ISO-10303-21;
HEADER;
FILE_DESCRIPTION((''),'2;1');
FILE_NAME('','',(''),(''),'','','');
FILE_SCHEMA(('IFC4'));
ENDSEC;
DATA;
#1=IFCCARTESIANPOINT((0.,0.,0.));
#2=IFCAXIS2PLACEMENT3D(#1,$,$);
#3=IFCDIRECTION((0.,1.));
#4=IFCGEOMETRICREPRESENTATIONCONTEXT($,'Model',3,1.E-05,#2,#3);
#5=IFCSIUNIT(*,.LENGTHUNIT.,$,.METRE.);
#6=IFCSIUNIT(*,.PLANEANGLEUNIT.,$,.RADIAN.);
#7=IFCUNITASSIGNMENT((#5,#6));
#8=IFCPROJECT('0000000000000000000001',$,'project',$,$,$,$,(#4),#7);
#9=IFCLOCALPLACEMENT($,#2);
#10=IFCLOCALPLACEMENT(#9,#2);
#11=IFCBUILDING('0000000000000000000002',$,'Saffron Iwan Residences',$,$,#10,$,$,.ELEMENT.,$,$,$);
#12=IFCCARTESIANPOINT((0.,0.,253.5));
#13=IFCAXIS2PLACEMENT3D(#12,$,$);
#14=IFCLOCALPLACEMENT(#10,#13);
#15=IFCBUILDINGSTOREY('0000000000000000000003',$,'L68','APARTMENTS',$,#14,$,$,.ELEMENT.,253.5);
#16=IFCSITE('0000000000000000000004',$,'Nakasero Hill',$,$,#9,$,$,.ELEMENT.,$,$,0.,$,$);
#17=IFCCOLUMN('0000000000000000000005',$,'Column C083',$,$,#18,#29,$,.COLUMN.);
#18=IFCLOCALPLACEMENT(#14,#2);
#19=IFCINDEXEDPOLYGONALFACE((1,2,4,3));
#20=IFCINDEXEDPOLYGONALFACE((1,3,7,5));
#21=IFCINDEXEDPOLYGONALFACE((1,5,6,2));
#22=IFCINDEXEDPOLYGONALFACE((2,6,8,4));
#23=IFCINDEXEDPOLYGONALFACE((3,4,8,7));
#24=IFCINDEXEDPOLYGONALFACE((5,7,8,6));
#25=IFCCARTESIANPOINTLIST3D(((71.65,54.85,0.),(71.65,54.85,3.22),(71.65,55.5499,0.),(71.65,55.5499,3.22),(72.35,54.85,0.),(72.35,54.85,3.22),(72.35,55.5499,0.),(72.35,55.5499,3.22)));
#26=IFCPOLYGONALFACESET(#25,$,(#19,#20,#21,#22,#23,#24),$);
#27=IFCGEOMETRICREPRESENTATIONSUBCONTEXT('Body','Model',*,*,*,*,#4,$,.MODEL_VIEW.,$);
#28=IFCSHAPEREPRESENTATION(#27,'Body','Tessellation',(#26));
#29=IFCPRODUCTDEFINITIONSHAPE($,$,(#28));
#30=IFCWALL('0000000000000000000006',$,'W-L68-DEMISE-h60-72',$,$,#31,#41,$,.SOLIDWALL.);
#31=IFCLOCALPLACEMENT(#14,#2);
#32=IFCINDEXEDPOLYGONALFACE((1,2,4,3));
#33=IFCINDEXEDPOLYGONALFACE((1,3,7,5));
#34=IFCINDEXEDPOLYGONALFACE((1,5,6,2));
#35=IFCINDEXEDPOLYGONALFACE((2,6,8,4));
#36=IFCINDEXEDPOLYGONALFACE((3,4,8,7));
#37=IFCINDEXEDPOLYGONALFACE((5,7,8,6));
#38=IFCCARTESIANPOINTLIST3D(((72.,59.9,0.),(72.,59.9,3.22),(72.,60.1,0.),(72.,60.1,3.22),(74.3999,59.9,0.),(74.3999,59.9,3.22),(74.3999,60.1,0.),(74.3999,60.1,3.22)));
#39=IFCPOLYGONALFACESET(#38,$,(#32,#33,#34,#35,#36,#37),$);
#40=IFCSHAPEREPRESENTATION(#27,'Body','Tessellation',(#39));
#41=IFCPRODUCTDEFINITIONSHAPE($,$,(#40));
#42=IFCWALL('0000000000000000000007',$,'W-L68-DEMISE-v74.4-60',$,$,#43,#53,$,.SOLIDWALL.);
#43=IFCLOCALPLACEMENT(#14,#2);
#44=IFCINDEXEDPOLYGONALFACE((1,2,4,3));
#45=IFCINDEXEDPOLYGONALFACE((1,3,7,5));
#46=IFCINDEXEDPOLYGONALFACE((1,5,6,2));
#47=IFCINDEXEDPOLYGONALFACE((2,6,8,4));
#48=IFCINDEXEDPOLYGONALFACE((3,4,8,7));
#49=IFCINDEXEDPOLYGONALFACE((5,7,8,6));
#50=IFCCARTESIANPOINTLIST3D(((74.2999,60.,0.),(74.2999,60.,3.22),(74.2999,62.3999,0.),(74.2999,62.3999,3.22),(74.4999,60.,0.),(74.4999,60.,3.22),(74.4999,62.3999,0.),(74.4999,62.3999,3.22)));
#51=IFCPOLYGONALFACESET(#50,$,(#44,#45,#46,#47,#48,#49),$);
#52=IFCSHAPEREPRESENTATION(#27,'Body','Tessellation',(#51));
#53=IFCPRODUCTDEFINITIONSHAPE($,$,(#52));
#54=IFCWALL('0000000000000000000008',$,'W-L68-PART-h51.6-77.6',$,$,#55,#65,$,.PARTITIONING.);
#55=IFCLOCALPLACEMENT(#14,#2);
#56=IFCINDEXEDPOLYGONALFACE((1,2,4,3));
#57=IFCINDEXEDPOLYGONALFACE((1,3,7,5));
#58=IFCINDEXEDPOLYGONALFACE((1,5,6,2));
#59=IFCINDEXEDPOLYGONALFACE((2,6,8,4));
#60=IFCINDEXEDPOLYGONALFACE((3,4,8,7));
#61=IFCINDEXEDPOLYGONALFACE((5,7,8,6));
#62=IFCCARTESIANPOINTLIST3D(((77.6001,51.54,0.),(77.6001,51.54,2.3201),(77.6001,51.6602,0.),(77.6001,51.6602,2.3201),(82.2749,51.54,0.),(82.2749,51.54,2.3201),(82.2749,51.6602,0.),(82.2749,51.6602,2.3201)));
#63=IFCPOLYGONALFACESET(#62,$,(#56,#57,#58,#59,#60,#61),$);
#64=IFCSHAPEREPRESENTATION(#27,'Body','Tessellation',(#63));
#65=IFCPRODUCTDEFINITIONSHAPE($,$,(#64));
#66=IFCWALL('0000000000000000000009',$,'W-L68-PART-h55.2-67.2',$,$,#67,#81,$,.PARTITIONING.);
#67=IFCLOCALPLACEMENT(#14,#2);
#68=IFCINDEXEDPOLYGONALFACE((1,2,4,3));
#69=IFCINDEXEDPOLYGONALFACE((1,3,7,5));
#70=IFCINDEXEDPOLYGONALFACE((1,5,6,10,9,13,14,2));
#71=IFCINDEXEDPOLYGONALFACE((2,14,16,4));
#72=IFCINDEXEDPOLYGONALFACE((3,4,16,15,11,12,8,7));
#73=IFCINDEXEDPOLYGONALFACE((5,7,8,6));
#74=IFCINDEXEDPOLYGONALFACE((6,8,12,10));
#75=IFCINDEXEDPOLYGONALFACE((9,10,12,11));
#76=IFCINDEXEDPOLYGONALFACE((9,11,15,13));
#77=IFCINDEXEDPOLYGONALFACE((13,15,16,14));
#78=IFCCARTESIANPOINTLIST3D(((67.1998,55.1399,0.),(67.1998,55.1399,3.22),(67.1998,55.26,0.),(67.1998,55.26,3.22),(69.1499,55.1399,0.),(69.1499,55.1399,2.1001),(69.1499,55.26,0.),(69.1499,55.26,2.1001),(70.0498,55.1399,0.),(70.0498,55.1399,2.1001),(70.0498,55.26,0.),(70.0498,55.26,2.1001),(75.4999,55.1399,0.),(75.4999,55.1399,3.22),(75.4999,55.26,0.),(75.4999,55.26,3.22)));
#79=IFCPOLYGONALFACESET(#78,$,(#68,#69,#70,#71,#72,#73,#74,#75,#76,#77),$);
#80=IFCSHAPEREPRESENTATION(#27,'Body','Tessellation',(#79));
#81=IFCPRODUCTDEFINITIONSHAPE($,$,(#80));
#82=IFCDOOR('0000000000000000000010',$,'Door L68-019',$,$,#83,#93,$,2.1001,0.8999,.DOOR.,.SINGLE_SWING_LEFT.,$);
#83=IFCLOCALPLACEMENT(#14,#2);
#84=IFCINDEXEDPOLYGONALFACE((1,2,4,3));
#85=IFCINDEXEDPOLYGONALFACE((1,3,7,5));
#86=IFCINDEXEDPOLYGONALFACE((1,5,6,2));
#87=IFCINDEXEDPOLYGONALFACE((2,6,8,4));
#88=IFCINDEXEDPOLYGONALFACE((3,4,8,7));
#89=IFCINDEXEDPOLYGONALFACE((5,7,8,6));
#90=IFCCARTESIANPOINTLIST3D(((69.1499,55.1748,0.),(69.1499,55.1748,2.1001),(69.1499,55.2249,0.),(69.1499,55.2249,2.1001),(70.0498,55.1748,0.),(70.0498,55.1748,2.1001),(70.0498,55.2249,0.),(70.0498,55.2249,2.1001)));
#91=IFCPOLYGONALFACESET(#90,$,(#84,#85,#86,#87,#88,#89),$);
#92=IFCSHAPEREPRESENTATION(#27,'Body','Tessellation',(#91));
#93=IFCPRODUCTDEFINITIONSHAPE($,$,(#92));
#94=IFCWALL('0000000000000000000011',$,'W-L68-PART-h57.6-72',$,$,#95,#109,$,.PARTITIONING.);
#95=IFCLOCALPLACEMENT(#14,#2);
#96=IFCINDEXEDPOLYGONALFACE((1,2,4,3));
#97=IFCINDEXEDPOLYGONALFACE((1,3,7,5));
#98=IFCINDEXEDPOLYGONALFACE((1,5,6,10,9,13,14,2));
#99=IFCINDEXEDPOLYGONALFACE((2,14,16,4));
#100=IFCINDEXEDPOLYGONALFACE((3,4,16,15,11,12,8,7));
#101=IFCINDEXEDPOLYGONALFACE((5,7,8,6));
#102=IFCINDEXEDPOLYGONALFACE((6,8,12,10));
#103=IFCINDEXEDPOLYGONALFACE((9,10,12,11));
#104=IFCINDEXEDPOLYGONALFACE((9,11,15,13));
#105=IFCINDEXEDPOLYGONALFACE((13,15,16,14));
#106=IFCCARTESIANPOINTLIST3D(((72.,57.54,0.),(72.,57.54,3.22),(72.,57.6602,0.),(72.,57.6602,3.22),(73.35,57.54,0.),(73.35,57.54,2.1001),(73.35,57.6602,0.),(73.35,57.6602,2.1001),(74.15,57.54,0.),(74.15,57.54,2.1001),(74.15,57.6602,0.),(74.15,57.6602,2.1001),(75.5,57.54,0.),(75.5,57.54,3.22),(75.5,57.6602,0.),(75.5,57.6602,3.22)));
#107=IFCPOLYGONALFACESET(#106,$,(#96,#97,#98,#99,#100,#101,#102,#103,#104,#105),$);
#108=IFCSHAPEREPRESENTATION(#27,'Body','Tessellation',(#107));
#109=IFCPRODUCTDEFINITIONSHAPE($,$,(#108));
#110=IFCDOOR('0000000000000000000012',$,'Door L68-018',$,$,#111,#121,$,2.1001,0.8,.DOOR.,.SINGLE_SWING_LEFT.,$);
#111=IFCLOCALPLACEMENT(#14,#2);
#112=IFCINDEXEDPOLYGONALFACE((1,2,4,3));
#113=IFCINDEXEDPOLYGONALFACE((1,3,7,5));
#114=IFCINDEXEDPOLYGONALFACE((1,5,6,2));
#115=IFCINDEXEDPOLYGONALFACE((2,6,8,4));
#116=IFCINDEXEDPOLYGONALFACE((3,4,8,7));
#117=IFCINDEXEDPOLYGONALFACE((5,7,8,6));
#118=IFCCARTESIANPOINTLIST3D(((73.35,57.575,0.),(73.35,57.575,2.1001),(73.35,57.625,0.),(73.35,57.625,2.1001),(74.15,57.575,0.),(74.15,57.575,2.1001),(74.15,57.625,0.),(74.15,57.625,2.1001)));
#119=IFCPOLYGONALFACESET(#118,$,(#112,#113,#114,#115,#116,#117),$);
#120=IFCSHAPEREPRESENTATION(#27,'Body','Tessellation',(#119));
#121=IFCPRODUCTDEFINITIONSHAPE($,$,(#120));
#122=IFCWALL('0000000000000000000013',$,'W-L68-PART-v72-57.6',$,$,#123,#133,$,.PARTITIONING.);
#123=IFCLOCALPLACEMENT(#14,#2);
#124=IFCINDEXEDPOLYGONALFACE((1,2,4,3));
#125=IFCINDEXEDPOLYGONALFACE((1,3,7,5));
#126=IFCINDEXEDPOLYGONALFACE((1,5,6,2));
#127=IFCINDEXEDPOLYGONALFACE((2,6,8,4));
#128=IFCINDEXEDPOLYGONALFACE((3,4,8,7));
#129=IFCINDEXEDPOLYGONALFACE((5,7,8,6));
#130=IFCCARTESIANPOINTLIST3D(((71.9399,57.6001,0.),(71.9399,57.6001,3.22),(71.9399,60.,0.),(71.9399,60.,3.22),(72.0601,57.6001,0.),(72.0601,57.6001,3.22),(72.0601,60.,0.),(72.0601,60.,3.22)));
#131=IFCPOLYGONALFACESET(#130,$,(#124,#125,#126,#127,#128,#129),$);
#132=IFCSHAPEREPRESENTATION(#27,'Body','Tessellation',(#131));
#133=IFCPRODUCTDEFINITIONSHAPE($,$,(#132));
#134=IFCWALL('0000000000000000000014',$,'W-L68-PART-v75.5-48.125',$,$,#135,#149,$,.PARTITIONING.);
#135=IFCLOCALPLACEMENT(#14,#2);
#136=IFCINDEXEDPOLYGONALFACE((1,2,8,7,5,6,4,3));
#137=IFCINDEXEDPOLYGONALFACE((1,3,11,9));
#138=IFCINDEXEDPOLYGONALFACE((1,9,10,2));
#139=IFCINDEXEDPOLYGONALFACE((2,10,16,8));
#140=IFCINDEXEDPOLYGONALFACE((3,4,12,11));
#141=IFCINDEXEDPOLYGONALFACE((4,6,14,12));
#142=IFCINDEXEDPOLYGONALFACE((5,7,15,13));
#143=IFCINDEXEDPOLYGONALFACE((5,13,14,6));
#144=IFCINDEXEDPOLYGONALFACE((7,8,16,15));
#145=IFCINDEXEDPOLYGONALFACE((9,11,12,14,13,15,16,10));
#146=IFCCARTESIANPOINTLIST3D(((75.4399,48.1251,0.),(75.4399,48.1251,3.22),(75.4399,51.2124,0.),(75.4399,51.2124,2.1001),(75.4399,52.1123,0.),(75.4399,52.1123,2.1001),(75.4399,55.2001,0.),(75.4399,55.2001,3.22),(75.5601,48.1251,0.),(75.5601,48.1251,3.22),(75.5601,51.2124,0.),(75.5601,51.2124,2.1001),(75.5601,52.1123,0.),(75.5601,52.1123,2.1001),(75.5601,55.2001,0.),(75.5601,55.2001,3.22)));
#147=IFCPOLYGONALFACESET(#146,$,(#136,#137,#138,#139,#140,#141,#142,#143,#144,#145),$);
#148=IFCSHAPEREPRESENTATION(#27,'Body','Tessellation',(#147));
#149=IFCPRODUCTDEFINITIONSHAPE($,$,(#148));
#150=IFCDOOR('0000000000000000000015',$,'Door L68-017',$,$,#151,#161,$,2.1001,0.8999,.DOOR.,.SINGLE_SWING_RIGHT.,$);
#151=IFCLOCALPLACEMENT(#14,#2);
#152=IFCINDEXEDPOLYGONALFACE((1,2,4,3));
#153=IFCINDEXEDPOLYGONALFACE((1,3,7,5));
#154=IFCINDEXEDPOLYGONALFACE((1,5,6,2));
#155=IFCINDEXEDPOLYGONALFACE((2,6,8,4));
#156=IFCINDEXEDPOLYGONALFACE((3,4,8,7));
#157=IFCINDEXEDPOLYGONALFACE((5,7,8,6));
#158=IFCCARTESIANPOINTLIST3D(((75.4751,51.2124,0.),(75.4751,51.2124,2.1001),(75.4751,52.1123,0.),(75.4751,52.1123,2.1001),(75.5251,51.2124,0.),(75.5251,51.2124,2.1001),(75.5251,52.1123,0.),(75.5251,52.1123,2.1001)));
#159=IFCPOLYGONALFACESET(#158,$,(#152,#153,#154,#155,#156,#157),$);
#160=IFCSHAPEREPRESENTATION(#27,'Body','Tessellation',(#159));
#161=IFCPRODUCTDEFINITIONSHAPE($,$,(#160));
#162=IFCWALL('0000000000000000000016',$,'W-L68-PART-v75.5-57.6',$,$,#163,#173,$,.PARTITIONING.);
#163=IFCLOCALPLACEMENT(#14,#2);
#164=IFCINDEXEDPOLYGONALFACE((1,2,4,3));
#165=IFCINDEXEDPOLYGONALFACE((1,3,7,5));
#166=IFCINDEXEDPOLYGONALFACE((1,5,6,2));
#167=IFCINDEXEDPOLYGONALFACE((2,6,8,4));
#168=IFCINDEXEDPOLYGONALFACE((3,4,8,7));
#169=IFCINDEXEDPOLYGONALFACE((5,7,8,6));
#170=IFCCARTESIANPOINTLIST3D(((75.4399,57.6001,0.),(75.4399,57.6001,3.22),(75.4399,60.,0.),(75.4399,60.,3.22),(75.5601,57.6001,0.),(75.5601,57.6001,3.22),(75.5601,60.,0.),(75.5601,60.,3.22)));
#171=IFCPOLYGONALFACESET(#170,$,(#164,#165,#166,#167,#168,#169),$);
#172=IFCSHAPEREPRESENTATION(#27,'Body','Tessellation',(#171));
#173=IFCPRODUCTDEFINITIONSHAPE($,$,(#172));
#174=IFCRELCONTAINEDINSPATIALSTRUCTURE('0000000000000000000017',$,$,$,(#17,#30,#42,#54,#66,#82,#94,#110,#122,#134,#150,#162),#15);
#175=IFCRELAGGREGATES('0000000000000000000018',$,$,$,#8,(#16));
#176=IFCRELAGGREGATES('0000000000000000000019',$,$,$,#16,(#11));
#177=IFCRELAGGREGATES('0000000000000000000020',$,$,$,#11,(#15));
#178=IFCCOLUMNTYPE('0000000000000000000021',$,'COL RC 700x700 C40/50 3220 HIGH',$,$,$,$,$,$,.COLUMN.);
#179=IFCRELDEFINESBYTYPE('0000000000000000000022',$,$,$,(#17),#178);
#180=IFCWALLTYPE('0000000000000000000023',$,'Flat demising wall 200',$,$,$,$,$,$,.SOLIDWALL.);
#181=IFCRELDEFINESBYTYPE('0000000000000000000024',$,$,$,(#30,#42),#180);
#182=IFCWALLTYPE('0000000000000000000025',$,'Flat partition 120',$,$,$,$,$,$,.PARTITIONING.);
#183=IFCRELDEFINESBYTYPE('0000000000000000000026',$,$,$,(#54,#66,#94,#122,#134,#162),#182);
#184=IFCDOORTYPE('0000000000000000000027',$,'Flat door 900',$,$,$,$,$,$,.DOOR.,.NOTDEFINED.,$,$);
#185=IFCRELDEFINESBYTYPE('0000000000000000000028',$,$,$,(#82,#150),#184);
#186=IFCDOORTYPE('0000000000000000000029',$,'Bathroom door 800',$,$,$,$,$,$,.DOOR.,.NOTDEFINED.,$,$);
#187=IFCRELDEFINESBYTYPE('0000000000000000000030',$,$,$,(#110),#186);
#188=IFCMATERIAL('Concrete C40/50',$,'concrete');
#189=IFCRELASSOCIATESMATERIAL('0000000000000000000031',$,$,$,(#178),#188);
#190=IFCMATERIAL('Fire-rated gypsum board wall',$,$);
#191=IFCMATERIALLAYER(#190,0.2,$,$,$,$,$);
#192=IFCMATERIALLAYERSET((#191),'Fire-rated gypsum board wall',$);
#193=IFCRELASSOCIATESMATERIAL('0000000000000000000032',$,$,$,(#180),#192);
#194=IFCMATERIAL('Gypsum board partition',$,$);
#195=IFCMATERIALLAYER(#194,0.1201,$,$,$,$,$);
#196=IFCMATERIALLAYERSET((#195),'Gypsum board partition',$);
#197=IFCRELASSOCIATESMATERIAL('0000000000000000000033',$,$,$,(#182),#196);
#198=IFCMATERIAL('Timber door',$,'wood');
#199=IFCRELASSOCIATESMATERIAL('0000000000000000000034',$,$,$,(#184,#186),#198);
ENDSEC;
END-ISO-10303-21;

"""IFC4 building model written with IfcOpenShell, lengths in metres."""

from ifc_helpers import new_model, si_unit, direction, frame, frame_2d, origin, origin_2d, place, context, subcontext, project, spatial, rectangle, extrude, source, transform, mapped, material, layer, layer_set, material_profile, profile_set, type_object, element, fill, save


model = new_model("IFC4")

# Units and contexts
model_context = context("Model", 3, precision=1e-05, world=origin(), true_north=direction((0.0, 1.0)))
body_context = subcontext(model_context, "Body", "Model", "MODEL_VIEW")
ifc_project = project(units=[si_unit("LENGTHUNIT", "METRE"), si_unit("PLANEANGLEUNIT", "RADIAN")], contexts=[model_context])

# Site, building, storey
site_placement = place(None, origin())
site = spatial("IfcSite", under=ifc_project, at=site_placement, Name="Nakasero Hill", CompositionType="ELEMENT", RefElevation=0.0)
building_placement = place(site_placement, origin())
building = spatial("IfcBuilding", under=site, at=building_placement, Name="Saffron Iwan Residences", CompositionType="ELEMENT")
storey_placement = place(building_placement, frame((0.0, 0.0, 253.5)))
storey = spatial("IfcBuildingStorey", under=building, at=storey_placement, Name="L68", Description="APARTMENTS", CompositionType="ELEMENT", Elevation=253.5)

# Column
ifc_material_1 = material(Name="Concrete C40/50", Category="concrete")
ifc_material_profile = material_profile(ifc_material_1, rectangle(XDim=0.7, YDim=0.7, at=origin_2d()), Name="RC 700x700")
ifc_profile_set = profile_set([ifc_material_profile], Name="Concrete C40/50")
column_type = type_object("IfcColumnType", Name="COL RC 700x700 C40/50 3220 HIGH", PredefinedType="COLUMN", material=ifc_profile_set)
shared_shape = source(origin(), body_context, "Body", "SweptSolid", [
    extrude(rectangle(XDim=0.7, YDim=0.7, at=origin_2d()), origin(), (0.0, 0.0, 1.0), 3.22),
])
column_placement = place(storey_placement, frame((72.0, 55.2, 0.0), z_axis=(0.0, 0.0, 1.0), x_axis=(1.0, 0.0, 0.0)))
element("IfcColumn", 1, at=column_placement, inside=storey, type_object=column_type, Name="Column C083", PredefinedType="COLUMN", context=body_context, shape_type="MappedRepresentation", body=[
    mapped(shared_shape, transform((0.0, 0.0, 0.0))),
])

# Walls
ifc_material_2 = material(Name="Fire-rated gypsum board wall")
ifc_layer_1 = layer(ifc_material_2, 0.2)
ifc_layer_set_1 = layer_set([ifc_layer_1], Name="Fire-rated gypsum board wall")
wall_type_1 = type_object("IfcWallType", Name="Flat demising wall 200", PredefinedType="SOLIDWALL", material=ifc_layer_set_1)
for number, where, z_axis, x_axis, name in (
    (2, (72.0, 60.0, 0.0), (0.0, 0.0, 1.0), (1.0, 0.0, 0.0), "W-L68-DEMISE-h60-72"),
    (3, (74.3999, 60.0, 0.0), (0.0, 0.0, 1.0), (0.0, 1.0, 0.0), "W-L68-DEMISE-v74.4-60"),
):
    element("IfcWall", number, at=place(storey_placement, frame(where, z_axis=z_axis, x_axis=x_axis)), inside=storey, type_object=wall_type_1, Name=name, PredefinedType="SOLIDWALL", context=body_context, shape_type="SweptSolid", body=[
        extrude(rectangle(XDim=2.3999, YDim=0.2, at=frame_2d((1.2, 0.0))), origin(), (0.0, 0.0, 1.0), 3.22),
    ])
ifc_material_3 = material(Name="Gypsum board partition")
ifc_layer_2 = layer(ifc_material_3, 0.1201)
ifc_layer_set_2 = layer_set([ifc_layer_2], Name="Gypsum board partition")
wall_type_2 = type_object("IfcWallType", Name="Flat partition 120", PredefinedType="PARTITIONING", material=ifc_layer_set_2)
wall_1_placement = place(storey_placement, frame((77.6001, 51.6001, 0.0), z_axis=(0.0, 0.0, 1.0), x_axis=(1.0, 0.0, 0.0)))
element("IfcWall", 4, at=wall_1_placement, inside=storey, type_object=wall_type_2, Name="W-L68-PART-h51.6-77.6", PredefinedType="PARTITIONING", context=body_context, shape_type="SweptSolid", body=[
    extrude(rectangle(XDim=4.6748, YDim=0.1201, at=frame_2d((2.3374, 0.0))), origin(), (0.0, 0.0, 1.0), 2.3201),
])

# Walls, openings, doors
wall_2_placement = place(storey_placement, frame((67.2, 55.2, 0.0), z_axis=(0.0, 0.0, 1.0), x_axis=(1.0, 0.0, 0.0)))
wall_2 = element("IfcWall", 5, at=wall_2_placement, inside=storey, type_object=wall_type_2, Name="W-L68-PART-h55.2-67.2", PredefinedType="PARTITIONING", context=body_context, shape_type="SweptSolid", body=[
    extrude(rectangle(XDim=8.3, YDim=0.1201, at=frame_2d((4.1499, 0.0))), origin(), (0.0, 0.0, 1.0), 3.22),
])
opening_1_placement = place(wall_2_placement, frame((1.95, 0.0, 0.0)))
opening_1 = element("IfcOpeningElement", 6, at=opening_1_placement, cuts=wall_2, PredefinedType="OPENING", context=body_context, shape_type="SweptSolid", body=[
    extrude(rectangle(XDim=0.8999, YDim=2.1001, at=frame_2d((0.45, 1.05))), frame((0.0, 0.0701, 0.0), z_axis=(0.0, -1.0, 0.0), x_axis=(1.0, 0.0, 0.0)), (0.0, 0.0, 1.0), 0.1401),
])
ifc_material_4 = material(Name="Timber door", Category="wood")
door_type_1 = type_object("IfcDoorType", Name="Flat door 900", OperationType="NOTDEFINED", PredefinedType="DOOR", material=ifc_material_4)
door_1_placement = place(opening_1_placement, origin())
door_1 = element("IfcDoor", 7, at=door_1_placement, inside=storey, type_object=door_type_1, Name="Door L68-019", OperationType="SINGLE_SWING_LEFT", OverallHeight=2.1001, OverallWidth=0.8999, PredefinedType="DOOR", context=body_context, shape_type="SweptSolid", body=[
    extrude(rectangle(XDim=0.8999, YDim=2.1001, at=frame_2d((0.45, 1.05))), frame((0.0, 0.0249, 0.0), z_axis=(0.0, -1.0, 0.0), x_axis=(1.0, 0.0, 0.0)), (0.0, 0.0, 1.0), 0.05),
])
fill(opening_1, door_1)
wall_3_placement = place(storey_placement, frame((72.0, 57.6001, 0.0), z_axis=(0.0, 0.0, 1.0), x_axis=(1.0, 0.0, 0.0)))
wall_3 = element("IfcWall", 8, at=wall_3_placement, inside=storey, type_object=wall_type_2, Name="W-L68-PART-h57.6-72", PredefinedType="PARTITIONING", context=body_context, shape_type="SweptSolid", body=[
    extrude(rectangle(XDim=3.5, YDim=0.1201, at=frame_2d((1.75, 0.0))), origin(), (0.0, 0.0, 1.0), 3.22),
])
opening_2_placement = place(wall_3_placement, frame((1.3501, 0.0, 0.0)))
opening_2 = element("IfcOpeningElement", 9, at=opening_2_placement, cuts=wall_3, PredefinedType="OPENING", context=body_context, shape_type="SweptSolid", body=[
    extrude(rectangle(XDim=0.8, YDim=2.1001, at=frame_2d((0.3999, 1.05))), frame((0.0, 0.0701, 0.0), z_axis=(0.0, -1.0, 0.0), x_axis=(1.0, 0.0, 0.0)), (0.0, 0.0, 1.0), 0.1401),
])
door_type_2 = type_object("IfcDoorType", Name="Bathroom door 800", OperationType="NOTDEFINED", PredefinedType="DOOR", material=ifc_material_4)
door_2_placement = place(opening_2_placement, origin())
door_2 = element("IfcDoor", 10, at=door_2_placement, inside=storey, type_object=door_type_2, Name="Door L68-018", OperationType="SINGLE_SWING_LEFT", OverallHeight=2.1001, OverallWidth=0.8, PredefinedType="DOOR", context=body_context, shape_type="SweptSolid", body=[
    extrude(rectangle(XDim=0.8, YDim=2.1001, at=frame_2d((0.3999, 1.05))), frame((0.0, 0.0249, 0.0), z_axis=(0.0, -1.0, 0.0), x_axis=(1.0, 0.0, 0.0)), (0.0, 0.0, 1.0), 0.05),
])
fill(opening_2, door_2)

# Wall
wall_4_placement = place(storey_placement, frame((72.0, 57.6001, 0.0), z_axis=(0.0, 0.0, 1.0), x_axis=(0.0, 1.0, 0.0)))
element("IfcWall", 11, at=wall_4_placement, inside=storey, type_object=wall_type_2, Name="W-L68-PART-v72-57.6", PredefinedType="PARTITIONING", context=body_context, shape_type="SweptSolid", body=[
    extrude(rectangle(XDim=2.3999, YDim=0.1201, at=frame_2d((1.2, 0.0))), origin(), (0.0, 0.0, 1.0), 3.22),
])

# Wall, opening, door
wall_5_placement = place(storey_placement, frame((75.5, 48.125, 0.0), z_axis=(0.0, 0.0, 1.0), x_axis=(0.0, 1.0, 0.0)))
wall_5 = element("IfcWall", 12, at=wall_5_placement, inside=storey, type_object=wall_type_2, Name="W-L68-PART-v75.5-48.125", PredefinedType="PARTITIONING", context=body_context, shape_type="SweptSolid", body=[
    extrude(rectangle(XDim=7.075, YDim=0.1201, at=frame_2d((3.5376, 0.0))), origin(), (0.0, 0.0, 1.0), 3.22),
])
opening_3_placement = place(wall_5_placement, frame((3.0874, 0.0, 0.0)))
opening_3 = element("IfcOpeningElement", 13, at=opening_3_placement, cuts=wall_5, PredefinedType="OPENING", context=body_context, shape_type="SweptSolid", body=[
    extrude(rectangle(XDim=0.8999, YDim=2.1001, at=frame_2d((0.45, 1.05))), frame((0.0, 0.0701, 0.0), z_axis=(0.0, -1.0, 0.0), x_axis=(1.0, 0.0, 0.0)), (0.0, 0.0, 1.0), 0.1401),
])
door_3_placement = place(opening_3_placement, origin())
door_3 = element("IfcDoor", 14, at=door_3_placement, inside=storey, type_object=door_type_1, Name="Door L68-017", OperationType="SINGLE_SWING_RIGHT", OverallHeight=2.1001, OverallWidth=0.8999, PredefinedType="DOOR", context=body_context, shape_type="SweptSolid", body=[
    extrude(rectangle(XDim=0.8999, YDim=2.1001, at=frame_2d((0.45, 1.05))), frame((0.0, 0.0249, 0.0), z_axis=(0.0, -1.0, 0.0), x_axis=(1.0, 0.0, 0.0)), (0.0, 0.0, 1.0), 0.05),
])
fill(opening_3, door_3)

# Wall
wall_6_placement = place(storey_placement, frame((75.5, 57.6001, 0.0), z_axis=(0.0, 0.0, 1.0), x_axis=(0.0, 1.0, 0.0)))
element("IfcWall", 15, at=wall_6_placement, inside=storey, type_object=wall_type_2, Name="W-L68-PART-v75.5-57.6", PredefinedType="PARTITIONING", context=body_context, shape_type="SweptSolid", body=[
    extrude(rectangle(XDim=2.3999, YDim=0.1201, at=frame_2d((1.2, 0.0))), origin(), (0.0, 0.0, 1.0), 3.22),
])

save(model, "model.ifc")
